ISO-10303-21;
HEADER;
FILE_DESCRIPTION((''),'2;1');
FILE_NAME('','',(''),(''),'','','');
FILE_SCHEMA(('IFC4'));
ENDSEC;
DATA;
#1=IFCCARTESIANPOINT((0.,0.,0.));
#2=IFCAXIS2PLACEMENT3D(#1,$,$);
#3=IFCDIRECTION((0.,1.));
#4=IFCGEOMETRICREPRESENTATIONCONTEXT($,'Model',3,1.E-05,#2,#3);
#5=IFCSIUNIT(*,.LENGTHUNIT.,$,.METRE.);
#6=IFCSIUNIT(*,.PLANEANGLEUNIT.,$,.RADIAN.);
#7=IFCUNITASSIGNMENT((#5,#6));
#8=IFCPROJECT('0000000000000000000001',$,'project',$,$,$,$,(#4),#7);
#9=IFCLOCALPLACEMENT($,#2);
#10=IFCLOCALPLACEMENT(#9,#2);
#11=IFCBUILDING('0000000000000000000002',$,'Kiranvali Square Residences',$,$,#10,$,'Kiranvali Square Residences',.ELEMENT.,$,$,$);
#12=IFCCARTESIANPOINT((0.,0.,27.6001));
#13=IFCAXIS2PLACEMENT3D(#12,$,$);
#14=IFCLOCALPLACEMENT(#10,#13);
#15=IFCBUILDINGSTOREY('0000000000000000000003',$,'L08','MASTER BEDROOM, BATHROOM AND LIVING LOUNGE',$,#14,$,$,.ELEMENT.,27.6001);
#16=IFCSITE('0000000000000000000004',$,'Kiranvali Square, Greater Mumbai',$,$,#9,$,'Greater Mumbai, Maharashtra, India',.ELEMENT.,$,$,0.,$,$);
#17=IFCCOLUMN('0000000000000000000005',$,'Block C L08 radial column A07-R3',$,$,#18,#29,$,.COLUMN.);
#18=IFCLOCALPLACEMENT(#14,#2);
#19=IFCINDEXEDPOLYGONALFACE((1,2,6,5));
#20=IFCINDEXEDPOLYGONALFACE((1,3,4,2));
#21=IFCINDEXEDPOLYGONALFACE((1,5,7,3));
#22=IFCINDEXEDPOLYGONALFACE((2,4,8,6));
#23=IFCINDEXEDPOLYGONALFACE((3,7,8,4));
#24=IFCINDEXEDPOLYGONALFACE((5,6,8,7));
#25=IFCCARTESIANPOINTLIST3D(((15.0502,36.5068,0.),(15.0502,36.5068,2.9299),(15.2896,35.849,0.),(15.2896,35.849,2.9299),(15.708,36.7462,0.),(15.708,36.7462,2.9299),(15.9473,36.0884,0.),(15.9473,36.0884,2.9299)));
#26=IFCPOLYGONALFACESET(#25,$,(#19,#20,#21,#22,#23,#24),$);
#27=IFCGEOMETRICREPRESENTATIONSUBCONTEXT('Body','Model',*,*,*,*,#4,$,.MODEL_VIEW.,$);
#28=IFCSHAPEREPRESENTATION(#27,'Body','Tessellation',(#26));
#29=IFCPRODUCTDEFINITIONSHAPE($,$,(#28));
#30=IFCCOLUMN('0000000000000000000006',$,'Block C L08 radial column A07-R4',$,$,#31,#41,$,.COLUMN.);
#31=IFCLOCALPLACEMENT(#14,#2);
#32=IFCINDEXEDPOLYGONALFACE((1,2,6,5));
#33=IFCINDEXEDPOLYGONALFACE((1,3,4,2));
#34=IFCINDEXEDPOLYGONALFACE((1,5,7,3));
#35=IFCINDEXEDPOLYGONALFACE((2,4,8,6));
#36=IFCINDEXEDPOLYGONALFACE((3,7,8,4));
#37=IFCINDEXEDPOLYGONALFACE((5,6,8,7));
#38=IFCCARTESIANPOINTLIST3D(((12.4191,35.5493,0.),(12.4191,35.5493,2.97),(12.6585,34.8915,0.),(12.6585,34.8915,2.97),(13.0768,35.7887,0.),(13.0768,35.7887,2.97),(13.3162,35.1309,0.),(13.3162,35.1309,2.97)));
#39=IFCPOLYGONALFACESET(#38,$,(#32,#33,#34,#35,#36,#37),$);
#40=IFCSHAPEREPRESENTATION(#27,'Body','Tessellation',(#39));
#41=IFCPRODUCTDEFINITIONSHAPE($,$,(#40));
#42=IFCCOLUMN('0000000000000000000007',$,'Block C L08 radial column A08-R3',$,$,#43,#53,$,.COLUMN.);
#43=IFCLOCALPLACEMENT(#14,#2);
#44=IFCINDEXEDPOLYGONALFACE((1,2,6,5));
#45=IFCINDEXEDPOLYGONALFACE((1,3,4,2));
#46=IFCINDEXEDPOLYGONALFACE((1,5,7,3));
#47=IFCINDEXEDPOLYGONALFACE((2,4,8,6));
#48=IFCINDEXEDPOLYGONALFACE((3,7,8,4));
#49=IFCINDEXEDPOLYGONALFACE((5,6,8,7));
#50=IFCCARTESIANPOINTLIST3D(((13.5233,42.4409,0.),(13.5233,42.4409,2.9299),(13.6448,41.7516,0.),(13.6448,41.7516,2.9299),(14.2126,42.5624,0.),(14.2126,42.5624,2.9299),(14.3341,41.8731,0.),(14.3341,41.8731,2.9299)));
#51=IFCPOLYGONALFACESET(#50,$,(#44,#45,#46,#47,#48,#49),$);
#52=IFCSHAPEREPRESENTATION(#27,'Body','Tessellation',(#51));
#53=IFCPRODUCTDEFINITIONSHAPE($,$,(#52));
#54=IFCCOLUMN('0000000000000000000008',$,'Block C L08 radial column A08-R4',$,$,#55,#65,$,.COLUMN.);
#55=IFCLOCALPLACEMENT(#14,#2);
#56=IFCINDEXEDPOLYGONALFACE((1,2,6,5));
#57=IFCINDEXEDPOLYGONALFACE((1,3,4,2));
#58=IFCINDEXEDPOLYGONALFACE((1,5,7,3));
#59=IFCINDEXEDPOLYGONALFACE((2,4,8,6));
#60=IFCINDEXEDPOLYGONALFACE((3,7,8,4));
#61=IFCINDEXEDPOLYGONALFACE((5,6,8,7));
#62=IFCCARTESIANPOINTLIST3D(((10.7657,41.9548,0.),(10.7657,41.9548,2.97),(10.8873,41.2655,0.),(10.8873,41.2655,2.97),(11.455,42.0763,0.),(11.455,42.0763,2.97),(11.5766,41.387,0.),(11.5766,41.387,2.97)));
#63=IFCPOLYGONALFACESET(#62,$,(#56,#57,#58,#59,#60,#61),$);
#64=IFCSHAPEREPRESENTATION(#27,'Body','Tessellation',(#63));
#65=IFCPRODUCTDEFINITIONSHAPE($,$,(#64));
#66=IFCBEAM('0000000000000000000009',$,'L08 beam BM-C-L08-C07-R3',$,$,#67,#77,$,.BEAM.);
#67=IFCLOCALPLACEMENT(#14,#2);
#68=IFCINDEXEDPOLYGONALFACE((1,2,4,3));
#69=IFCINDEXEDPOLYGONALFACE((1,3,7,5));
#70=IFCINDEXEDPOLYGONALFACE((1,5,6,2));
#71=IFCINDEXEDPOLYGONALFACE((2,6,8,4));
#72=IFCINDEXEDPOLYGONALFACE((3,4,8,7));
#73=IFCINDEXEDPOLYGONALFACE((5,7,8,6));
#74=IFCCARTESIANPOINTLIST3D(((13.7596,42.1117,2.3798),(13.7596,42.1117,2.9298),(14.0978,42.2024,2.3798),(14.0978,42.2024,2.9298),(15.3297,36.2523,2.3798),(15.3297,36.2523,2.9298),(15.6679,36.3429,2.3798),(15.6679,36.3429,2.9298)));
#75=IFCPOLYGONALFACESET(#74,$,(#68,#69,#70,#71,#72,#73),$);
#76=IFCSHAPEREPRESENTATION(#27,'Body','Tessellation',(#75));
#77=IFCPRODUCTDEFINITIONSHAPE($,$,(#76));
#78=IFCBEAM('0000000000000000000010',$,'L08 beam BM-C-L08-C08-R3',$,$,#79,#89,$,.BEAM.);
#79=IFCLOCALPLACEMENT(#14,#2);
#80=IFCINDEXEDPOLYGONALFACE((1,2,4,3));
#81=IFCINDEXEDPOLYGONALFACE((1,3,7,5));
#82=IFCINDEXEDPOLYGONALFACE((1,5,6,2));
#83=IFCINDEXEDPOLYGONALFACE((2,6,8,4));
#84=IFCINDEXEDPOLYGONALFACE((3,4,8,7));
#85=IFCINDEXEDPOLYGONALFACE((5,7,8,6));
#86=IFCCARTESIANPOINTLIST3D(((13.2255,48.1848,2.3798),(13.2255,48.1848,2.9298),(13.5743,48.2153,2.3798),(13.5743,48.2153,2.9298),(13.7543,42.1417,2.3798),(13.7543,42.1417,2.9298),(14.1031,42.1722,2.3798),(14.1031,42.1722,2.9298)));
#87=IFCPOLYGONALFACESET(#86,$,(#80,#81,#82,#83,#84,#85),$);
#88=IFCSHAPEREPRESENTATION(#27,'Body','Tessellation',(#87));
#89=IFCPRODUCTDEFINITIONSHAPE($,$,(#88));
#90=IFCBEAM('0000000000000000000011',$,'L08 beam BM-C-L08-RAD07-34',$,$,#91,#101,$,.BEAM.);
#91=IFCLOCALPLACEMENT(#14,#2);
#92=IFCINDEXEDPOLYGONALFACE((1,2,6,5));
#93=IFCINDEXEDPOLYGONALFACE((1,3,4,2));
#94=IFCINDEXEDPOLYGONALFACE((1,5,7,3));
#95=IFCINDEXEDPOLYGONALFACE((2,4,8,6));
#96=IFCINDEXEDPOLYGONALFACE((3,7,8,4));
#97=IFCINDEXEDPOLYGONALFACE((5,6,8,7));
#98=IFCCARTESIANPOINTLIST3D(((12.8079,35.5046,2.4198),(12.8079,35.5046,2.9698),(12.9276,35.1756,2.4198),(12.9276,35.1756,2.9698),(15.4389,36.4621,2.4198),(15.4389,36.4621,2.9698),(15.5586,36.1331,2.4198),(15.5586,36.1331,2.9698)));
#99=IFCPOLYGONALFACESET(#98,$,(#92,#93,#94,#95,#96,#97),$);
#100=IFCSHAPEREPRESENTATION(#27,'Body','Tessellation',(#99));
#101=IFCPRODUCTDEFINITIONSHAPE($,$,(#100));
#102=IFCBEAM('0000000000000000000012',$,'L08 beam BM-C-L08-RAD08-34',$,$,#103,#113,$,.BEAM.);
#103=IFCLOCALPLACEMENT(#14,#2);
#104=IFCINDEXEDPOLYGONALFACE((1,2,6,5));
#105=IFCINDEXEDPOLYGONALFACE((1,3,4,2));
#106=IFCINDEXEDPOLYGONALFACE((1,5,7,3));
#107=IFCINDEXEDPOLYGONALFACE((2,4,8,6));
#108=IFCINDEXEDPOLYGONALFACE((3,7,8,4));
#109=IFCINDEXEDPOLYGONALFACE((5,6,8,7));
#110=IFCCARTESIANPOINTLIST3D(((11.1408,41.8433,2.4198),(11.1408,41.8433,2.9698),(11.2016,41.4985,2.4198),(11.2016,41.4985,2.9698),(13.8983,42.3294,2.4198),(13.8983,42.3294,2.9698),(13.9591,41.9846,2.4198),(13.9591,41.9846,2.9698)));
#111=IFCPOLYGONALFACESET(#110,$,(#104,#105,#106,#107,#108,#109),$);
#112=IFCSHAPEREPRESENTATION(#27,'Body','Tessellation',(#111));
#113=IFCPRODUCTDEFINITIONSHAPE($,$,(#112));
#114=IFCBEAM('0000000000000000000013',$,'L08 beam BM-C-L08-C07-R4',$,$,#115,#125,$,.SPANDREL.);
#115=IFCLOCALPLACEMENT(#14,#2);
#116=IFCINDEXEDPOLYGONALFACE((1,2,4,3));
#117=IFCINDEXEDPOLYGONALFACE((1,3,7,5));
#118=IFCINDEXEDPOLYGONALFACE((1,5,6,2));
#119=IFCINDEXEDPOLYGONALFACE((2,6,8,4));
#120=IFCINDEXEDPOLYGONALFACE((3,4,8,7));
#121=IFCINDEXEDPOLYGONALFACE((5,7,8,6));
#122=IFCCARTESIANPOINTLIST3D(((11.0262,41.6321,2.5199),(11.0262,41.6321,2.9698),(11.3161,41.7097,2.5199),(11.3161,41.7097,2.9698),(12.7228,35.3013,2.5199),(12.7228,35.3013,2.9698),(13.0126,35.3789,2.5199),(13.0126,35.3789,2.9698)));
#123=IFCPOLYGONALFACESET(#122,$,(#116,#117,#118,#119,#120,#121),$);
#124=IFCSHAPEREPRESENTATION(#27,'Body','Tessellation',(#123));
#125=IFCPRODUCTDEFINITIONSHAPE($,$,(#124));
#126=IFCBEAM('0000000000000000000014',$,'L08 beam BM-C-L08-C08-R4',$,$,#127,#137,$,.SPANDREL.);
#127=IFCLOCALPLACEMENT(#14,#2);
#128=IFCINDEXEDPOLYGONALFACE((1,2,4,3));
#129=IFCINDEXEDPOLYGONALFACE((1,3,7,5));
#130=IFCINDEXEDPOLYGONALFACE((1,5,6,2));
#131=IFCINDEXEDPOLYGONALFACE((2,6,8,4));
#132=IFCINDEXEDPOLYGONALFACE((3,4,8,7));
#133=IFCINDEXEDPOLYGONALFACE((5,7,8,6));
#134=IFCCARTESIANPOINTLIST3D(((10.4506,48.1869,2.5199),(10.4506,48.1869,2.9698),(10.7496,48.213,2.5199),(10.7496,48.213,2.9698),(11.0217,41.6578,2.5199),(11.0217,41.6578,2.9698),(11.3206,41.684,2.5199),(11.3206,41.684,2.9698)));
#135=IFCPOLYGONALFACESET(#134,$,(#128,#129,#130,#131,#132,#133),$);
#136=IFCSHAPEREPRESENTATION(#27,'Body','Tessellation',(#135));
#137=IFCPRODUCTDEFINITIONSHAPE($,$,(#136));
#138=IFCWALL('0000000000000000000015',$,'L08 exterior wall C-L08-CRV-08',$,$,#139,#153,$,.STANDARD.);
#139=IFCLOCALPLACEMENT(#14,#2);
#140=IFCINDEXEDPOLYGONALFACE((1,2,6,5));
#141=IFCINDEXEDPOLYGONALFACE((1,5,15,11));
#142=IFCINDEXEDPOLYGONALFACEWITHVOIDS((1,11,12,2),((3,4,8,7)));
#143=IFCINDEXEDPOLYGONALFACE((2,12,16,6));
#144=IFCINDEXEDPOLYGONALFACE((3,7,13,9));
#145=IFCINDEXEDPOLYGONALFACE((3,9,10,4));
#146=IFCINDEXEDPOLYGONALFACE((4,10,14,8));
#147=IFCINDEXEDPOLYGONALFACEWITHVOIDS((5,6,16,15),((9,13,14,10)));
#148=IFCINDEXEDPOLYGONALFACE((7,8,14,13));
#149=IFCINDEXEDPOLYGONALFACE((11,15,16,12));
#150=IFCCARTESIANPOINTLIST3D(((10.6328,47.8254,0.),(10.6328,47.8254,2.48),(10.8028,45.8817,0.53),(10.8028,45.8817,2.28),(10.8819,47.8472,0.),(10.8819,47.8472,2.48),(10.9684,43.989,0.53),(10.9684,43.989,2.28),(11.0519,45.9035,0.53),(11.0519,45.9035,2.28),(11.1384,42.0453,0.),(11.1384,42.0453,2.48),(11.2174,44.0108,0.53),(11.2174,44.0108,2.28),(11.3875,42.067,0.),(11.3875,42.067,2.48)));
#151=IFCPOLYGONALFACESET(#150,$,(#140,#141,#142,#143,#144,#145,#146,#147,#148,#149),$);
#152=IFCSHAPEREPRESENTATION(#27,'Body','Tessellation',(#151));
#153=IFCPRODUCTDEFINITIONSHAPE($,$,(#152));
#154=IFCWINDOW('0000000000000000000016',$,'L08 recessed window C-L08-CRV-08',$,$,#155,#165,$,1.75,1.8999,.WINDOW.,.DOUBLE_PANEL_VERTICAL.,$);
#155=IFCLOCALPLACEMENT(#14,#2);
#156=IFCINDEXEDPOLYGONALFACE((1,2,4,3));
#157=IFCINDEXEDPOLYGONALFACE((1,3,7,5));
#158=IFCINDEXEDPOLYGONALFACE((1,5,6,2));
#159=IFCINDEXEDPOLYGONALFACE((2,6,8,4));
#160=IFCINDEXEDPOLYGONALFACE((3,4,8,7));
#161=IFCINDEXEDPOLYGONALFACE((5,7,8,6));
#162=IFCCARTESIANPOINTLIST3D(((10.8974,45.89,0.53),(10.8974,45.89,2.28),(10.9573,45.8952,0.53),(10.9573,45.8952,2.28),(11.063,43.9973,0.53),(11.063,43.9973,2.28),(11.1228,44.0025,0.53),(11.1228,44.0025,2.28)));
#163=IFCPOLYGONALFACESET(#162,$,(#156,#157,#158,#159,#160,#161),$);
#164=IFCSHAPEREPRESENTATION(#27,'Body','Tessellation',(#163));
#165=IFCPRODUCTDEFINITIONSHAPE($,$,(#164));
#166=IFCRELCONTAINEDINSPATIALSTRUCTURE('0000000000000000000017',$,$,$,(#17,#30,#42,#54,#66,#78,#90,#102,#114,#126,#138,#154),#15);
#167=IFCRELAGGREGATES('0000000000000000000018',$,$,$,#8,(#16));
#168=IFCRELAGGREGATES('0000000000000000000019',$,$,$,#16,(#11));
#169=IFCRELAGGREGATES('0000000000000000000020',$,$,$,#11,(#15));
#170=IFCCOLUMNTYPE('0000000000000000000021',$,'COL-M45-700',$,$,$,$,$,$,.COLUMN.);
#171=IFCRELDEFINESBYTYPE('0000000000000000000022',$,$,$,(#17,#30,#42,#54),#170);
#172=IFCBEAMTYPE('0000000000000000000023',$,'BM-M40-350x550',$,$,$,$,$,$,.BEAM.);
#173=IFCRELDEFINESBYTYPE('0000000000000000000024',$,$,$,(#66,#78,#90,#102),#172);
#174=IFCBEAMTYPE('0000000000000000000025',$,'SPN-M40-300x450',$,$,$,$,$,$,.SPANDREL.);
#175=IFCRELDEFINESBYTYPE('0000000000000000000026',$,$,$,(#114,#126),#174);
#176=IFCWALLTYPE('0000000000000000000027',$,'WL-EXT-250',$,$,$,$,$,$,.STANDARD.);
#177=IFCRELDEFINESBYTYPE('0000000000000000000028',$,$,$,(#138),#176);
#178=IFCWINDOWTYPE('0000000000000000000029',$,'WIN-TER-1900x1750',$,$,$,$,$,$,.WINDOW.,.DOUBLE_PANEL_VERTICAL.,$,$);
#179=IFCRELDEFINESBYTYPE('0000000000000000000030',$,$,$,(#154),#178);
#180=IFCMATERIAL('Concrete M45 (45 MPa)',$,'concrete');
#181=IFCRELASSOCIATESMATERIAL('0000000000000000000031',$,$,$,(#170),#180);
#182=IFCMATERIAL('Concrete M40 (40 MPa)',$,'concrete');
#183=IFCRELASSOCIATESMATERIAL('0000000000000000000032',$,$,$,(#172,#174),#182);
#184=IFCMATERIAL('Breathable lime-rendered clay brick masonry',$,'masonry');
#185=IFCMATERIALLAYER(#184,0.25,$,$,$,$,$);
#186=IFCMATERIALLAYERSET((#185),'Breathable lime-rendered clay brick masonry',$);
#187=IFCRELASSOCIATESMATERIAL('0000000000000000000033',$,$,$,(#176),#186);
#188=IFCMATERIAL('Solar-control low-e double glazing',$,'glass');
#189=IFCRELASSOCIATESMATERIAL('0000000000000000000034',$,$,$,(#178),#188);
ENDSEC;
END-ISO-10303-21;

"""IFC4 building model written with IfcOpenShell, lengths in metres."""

from ifc_helpers import new_model, si_unit, direction, frame, frame_2d, origin, origin_2d, place, context, subcontext, project, spatial, rectangle, extrude, material, layer, layer_set, material_profile, profile_set, type_object, element, fill, save


model = new_model("IFC4")

# Units and contexts
model_context = context("Model", 3, precision=1e-05, world=origin(), true_north=direction((0.0, 1.0)))
body_context = subcontext(model_context, "Body", "Model", "MODEL_VIEW")
ifc_project = project(units=[si_unit("LENGTHUNIT", "METRE"), si_unit("PLANEANGLEUNIT", "RADIAN")], contexts=[model_context])

# Site, building, storey
site_placement = place(None, origin())
site = spatial("IfcSite", under=ifc_project, at=site_placement, Name="Kiranvali Square, Greater Mumbai", LongName="Greater Mumbai, Maharashtra, India", CompositionType="ELEMENT", RefElevation=0.0)
building_placement = place(site_placement, origin())
building = spatial("IfcBuilding", under=site, at=building_placement, Name="Kiranvali Square Residences", LongName="Kiranvali Square Residences", CompositionType="ELEMENT")
storey_placement = place(building_placement, frame((0.0, 0.0, 27.6001)))
storey = spatial("IfcBuildingStorey", under=building, at=storey_placement, Name="L08", Description="MASTER BEDROOM, BATHROOM AND LIVING LOUNGE", CompositionType="ELEMENT", Elevation=27.6001)

# Columns
ifc_material_1 = material(Name="Concrete M45 (45 MPa)", Category="concrete")
ifc_material_profile_1 = material_profile(ifc_material_1, rectangle(XDim=0.7, YDim=0.7, at=origin_2d()), Name="RC 700x700")
ifc_profile_set_1 = profile_set([ifc_material_profile_1], Name="Concrete M45 (45 MPa)")
column_type = type_object("IfcColumnType", Name="COL-M45-700", PredefinedType="COLUMN", material=ifc_profile_set_1)
column_1_placement = place(storey_placement, frame((15.4988, 36.2976, 0.0), z_axis=(0.0, 0.0, 1.0), x_axis=(-0.34202, 0.939693, 0.0)))
element("IfcColumn", 1, at=column_1_placement, inside=storey, type_object=column_type, Name="Block C L08 radial column A07-R3", PredefinedType="COLUMN", context=body_context, shape_type="SweptSolid", body=[
    extrude(rectangle(XDim=0.7, YDim=0.7, at=origin_2d()), origin(), (0.0, 0.0, 1.0), 2.9299),
])
column_2_placement = place(storey_placement, frame((12.8677, 35.3401, 0.0), z_axis=(0.0, 0.0, 1.0), x_axis=(-0.34202, 0.939693, 0.0)))
element("IfcColumn", 2, at=column_2_placement, inside=storey, type_object=column_type, Name="Block C L08 radial column A07-R4", PredefinedType="COLUMN", context=body_context, shape_type="SweptSolid", body=[
    extrude(rectangle(XDim=0.7, YDim=0.7, at=origin_2d()), origin(), (0.0, 0.0, 1.0), 2.97),
])
column_3_placement = place(storey_placement, frame((13.9287, 42.157, 0.0), z_axis=(0.0, 0.0, 1.0), x_axis=(-0.173648, 0.984808, 0.0)))
element("IfcColumn", 3, at=column_3_placement, inside=storey, type_object=column_type, Name="Block C L08 radial column A08-R3", PredefinedType="COLUMN", context=body_context, shape_type="SweptSolid", body=[
    extrude(rectangle(XDim=0.7, YDim=0.7, at=origin_2d()), origin(), (0.0, 0.0, 1.0), 2.9299),
])
column_4_placement = place(storey_placement, frame((11.1711, 41.6709, 0.0), z_axis=(0.0, 0.0, 1.0), x_axis=(-0.173648, 0.984808, 0.0)))
element("IfcColumn", 4, at=column_4_placement, inside=storey, type_object=column_type, Name="Block C L08 radial column A08-R4", PredefinedType="COLUMN", context=body_context, shape_type="SweptSolid", body=[
    extrude(rectangle(XDim=0.7, YDim=0.7, at=origin_2d()), origin(), (0.0, 0.0, 1.0), 2.97),
])

# Beams
ifc_material_2 = material(Name="Concrete M40 (40 MPa)", Category="concrete")
ifc_material_profile_2 = material_profile(ifc_material_2, rectangle(XDim=0.3501, YDim=0.55, at=origin_2d()), Name="RC 350x550")
ifc_profile_set_2 = profile_set([ifc_material_profile_2], Name="Concrete M40 (40 MPa)")
beam_type_1 = type_object("IfcBeamType", Name="BM-M40-350x550", PredefinedType="BEAM", material=ifc_profile_set_2)
for number, where, z_axis, x_axis, name in (
    (5, (15.4988, 36.2976, 2.6548), (-0.258827, 0.965924, 0.0), (-0.965924, -0.258827, 0.0), "L08 beam BM-C-L08-C07-R3"),
    (6, (13.9287, 42.157, 2.6548), (-0.087175, 0.996193, 0.0), (-0.996193, -0.087175, 0.0), "L08 beam BM-C-L08-C08-R3"),
):
    element("IfcBeam", number, at=place(storey_placement, frame(where, z_axis=z_axis, x_axis=x_axis)), inside=storey, type_object=beam_type_1, Name=name, PredefinedType="BEAM", context=body_context, shape_type="SweptSolid", body=[
        extrude(rectangle(XDim=0.3501, YDim=0.55, at=origin_2d()), origin(), (0.0, 0.0, 1.0), 6.0662),
    ])
beam_1_placement = place(storey_placement, frame((15.4988, 36.2976, 2.6948), z_axis=(-0.939707, -0.341981, 0.0), x_axis=(0.341981, -0.939707, 0.0)))
element("IfcBeam", 7, at=beam_1_placement, inside=storey, type_object=beam_type_1, Name="L08 beam BM-C-L08-RAD07-34", PredefinedType="BEAM", context=body_context, shape_type="SweptSolid", body=[
    extrude(rectangle(XDim=0.3501, YDim=0.55, at=origin_2d()), origin(), (0.0, 0.0, 1.0), 2.7998),
])
beam_2_placement = place(storey_placement, frame((13.9287, 42.157, 2.6948), z_axis=(-0.984817, -0.173596, 0.0), x_axis=(0.173596, -0.984817, 0.0)))
element("IfcBeam", 8, at=beam_2_placement, inside=storey, type_object=beam_type_1, Name="L08 beam BM-C-L08-RAD08-34", PredefinedType="BEAM", context=body_context, shape_type="SweptSolid", body=[
    extrude(rectangle(XDim=0.3501, YDim=0.55, at=origin_2d()), origin(), (0.0, 0.0, 1.0), 2.8),
])
ifc_material_profile_3 = material_profile(ifc_material_2, rectangle(XDim=0.3, YDim=0.45, at=origin_2d()), Name="RC 300x450")
ifc_profile_set_3 = profile_set([ifc_material_profile_3], Name="Concrete M40 (40 MPa)")
beam_type_2 = type_object("IfcBeamType", Name="SPN-M40-300x450", PredefinedType="SPANDREL", material=ifc_profile_set_3)
beam_3_placement = place(storey_placement, frame((12.8677, 35.3401, 2.7449), z_axis=(-0.258847, 0.965918, 0.0), x_axis=(-0.965918, -0.258847, 0.0)))
element("IfcBeam", 9, at=beam_3_placement, inside=storey, type_object=beam_type_2, Name="L08 beam BM-C-L08-C07-R4", PredefinedType="SPANDREL", context=body_context, shape_type="SweptSolid", body=[
    extrude(rectangle(XDim=0.3, YDim=0.45, at=origin_2d()), origin(), (0.0, 0.0, 1.0), 6.5542),
])
beam_4_placement = place(storey_placement, frame((11.1711, 41.6709, 2.7449), z_axis=(-0.08713, 0.996197, 0.0), x_axis=(-0.996197, -0.08713, 0.0)))
element("IfcBeam", 10, at=beam_4_placement, inside=storey, type_object=beam_type_2, Name="L08 beam BM-C-L08-C08-R4", PredefinedType="SPANDREL", context=body_context, shape_type="SweptSolid", body=[
    extrude(rectangle(XDim=0.3, YDim=0.45, at=origin_2d()), origin(), (0.0, 0.0, 1.0), 6.554),
])

# Shared definitions
ifc_material_3 = material(Name="Breathable lime-rendered clay brick masonry", Category="masonry")
ifc_layer_1 = layer(ifc_material_3, 0.25)
ifc_layer_set_1 = layer_set([ifc_layer_1], Name="Breathable lime-rendered clay brick masonry")
wall_type_1 = type_object("IfcWallType", Name="WL-EXT-250", PredefinedType="STANDARD", material=ifc_layer_set_1)
ifc_material_4 = material(Name="Solar-control low-e double glazing", Category="glass")

# Wall, opening, window
wall_1_placement = place(storey_placement, frame((11.2629, 42.0562, 0.0), z_axis=(0.0, 0.0, 1.0), x_axis=(-0.08714, 0.996196, 0.0)))
wall_1 = element("IfcWall", 11, at=wall_1_placement, inside=storey, type_object=wall_type_1, Name="L08 exterior wall C-L08-CRV-08", PredefinedType="STANDARD", context=body_context, shape_type="SweptSolid", body=[
    extrude(rectangle(XDim=5.8022, YDim=0.25, at=frame_2d((2.9011, 0.0))), origin(), (0.0, 0.0, 1.0), 2.48),
])
opening_1_placement = place(wall_1_placement, frame((1.9512, 0.0, 0.53)))
opening_1 = element("IfcOpeningElement", 12, at=opening_1_placement, cuts=wall_1, PredefinedType="OPENING", context=body_context, shape_type="SweptSolid", body=[
    extrude(rectangle(XDim=1.8999, YDim=1.75, at=frame_2d((0.95, 0.875))), frame((0.0, 0.135, 0.0), z_axis=(0.0, -1.0, 0.0), x_axis=(1.0, 0.0, 0.0)), (0.0, 0.0, 1.0), 0.27),
])
window_type_1 = type_object("IfcWindowType", Name="WIN-TER-1900x1750", PartitioningType="DOUBLE_PANEL_VERTICAL", PredefinedType="WINDOW", material=ifc_material_4)
window_1_placement = place(opening_1_placement, origin())
window_1 = element("IfcWindow", 13, at=window_1_placement, inside=storey, type_object=window_type_1, Name="L08 recessed window C-L08-CRV-08", OverallHeight=1.75, OverallWidth=1.8999, PartitioningType="DOUBLE_PANEL_VERTICAL", PredefinedType="WINDOW", context=body_context, shape_type="SweptSolid", body=[
    extrude(rectangle(XDim=1.8999, YDim=1.75, at=frame_2d((0.95, 0.875))), frame((0.0, 0.03, 0.0), z_axis=(0.0, -1.0, 0.0), x_axis=(1.0, 0.0, 0.0)), (0.0, 0.0, 1.0), 0.0601),
])
fill(opening_1, window_1)

save(model, "model.ifc")
